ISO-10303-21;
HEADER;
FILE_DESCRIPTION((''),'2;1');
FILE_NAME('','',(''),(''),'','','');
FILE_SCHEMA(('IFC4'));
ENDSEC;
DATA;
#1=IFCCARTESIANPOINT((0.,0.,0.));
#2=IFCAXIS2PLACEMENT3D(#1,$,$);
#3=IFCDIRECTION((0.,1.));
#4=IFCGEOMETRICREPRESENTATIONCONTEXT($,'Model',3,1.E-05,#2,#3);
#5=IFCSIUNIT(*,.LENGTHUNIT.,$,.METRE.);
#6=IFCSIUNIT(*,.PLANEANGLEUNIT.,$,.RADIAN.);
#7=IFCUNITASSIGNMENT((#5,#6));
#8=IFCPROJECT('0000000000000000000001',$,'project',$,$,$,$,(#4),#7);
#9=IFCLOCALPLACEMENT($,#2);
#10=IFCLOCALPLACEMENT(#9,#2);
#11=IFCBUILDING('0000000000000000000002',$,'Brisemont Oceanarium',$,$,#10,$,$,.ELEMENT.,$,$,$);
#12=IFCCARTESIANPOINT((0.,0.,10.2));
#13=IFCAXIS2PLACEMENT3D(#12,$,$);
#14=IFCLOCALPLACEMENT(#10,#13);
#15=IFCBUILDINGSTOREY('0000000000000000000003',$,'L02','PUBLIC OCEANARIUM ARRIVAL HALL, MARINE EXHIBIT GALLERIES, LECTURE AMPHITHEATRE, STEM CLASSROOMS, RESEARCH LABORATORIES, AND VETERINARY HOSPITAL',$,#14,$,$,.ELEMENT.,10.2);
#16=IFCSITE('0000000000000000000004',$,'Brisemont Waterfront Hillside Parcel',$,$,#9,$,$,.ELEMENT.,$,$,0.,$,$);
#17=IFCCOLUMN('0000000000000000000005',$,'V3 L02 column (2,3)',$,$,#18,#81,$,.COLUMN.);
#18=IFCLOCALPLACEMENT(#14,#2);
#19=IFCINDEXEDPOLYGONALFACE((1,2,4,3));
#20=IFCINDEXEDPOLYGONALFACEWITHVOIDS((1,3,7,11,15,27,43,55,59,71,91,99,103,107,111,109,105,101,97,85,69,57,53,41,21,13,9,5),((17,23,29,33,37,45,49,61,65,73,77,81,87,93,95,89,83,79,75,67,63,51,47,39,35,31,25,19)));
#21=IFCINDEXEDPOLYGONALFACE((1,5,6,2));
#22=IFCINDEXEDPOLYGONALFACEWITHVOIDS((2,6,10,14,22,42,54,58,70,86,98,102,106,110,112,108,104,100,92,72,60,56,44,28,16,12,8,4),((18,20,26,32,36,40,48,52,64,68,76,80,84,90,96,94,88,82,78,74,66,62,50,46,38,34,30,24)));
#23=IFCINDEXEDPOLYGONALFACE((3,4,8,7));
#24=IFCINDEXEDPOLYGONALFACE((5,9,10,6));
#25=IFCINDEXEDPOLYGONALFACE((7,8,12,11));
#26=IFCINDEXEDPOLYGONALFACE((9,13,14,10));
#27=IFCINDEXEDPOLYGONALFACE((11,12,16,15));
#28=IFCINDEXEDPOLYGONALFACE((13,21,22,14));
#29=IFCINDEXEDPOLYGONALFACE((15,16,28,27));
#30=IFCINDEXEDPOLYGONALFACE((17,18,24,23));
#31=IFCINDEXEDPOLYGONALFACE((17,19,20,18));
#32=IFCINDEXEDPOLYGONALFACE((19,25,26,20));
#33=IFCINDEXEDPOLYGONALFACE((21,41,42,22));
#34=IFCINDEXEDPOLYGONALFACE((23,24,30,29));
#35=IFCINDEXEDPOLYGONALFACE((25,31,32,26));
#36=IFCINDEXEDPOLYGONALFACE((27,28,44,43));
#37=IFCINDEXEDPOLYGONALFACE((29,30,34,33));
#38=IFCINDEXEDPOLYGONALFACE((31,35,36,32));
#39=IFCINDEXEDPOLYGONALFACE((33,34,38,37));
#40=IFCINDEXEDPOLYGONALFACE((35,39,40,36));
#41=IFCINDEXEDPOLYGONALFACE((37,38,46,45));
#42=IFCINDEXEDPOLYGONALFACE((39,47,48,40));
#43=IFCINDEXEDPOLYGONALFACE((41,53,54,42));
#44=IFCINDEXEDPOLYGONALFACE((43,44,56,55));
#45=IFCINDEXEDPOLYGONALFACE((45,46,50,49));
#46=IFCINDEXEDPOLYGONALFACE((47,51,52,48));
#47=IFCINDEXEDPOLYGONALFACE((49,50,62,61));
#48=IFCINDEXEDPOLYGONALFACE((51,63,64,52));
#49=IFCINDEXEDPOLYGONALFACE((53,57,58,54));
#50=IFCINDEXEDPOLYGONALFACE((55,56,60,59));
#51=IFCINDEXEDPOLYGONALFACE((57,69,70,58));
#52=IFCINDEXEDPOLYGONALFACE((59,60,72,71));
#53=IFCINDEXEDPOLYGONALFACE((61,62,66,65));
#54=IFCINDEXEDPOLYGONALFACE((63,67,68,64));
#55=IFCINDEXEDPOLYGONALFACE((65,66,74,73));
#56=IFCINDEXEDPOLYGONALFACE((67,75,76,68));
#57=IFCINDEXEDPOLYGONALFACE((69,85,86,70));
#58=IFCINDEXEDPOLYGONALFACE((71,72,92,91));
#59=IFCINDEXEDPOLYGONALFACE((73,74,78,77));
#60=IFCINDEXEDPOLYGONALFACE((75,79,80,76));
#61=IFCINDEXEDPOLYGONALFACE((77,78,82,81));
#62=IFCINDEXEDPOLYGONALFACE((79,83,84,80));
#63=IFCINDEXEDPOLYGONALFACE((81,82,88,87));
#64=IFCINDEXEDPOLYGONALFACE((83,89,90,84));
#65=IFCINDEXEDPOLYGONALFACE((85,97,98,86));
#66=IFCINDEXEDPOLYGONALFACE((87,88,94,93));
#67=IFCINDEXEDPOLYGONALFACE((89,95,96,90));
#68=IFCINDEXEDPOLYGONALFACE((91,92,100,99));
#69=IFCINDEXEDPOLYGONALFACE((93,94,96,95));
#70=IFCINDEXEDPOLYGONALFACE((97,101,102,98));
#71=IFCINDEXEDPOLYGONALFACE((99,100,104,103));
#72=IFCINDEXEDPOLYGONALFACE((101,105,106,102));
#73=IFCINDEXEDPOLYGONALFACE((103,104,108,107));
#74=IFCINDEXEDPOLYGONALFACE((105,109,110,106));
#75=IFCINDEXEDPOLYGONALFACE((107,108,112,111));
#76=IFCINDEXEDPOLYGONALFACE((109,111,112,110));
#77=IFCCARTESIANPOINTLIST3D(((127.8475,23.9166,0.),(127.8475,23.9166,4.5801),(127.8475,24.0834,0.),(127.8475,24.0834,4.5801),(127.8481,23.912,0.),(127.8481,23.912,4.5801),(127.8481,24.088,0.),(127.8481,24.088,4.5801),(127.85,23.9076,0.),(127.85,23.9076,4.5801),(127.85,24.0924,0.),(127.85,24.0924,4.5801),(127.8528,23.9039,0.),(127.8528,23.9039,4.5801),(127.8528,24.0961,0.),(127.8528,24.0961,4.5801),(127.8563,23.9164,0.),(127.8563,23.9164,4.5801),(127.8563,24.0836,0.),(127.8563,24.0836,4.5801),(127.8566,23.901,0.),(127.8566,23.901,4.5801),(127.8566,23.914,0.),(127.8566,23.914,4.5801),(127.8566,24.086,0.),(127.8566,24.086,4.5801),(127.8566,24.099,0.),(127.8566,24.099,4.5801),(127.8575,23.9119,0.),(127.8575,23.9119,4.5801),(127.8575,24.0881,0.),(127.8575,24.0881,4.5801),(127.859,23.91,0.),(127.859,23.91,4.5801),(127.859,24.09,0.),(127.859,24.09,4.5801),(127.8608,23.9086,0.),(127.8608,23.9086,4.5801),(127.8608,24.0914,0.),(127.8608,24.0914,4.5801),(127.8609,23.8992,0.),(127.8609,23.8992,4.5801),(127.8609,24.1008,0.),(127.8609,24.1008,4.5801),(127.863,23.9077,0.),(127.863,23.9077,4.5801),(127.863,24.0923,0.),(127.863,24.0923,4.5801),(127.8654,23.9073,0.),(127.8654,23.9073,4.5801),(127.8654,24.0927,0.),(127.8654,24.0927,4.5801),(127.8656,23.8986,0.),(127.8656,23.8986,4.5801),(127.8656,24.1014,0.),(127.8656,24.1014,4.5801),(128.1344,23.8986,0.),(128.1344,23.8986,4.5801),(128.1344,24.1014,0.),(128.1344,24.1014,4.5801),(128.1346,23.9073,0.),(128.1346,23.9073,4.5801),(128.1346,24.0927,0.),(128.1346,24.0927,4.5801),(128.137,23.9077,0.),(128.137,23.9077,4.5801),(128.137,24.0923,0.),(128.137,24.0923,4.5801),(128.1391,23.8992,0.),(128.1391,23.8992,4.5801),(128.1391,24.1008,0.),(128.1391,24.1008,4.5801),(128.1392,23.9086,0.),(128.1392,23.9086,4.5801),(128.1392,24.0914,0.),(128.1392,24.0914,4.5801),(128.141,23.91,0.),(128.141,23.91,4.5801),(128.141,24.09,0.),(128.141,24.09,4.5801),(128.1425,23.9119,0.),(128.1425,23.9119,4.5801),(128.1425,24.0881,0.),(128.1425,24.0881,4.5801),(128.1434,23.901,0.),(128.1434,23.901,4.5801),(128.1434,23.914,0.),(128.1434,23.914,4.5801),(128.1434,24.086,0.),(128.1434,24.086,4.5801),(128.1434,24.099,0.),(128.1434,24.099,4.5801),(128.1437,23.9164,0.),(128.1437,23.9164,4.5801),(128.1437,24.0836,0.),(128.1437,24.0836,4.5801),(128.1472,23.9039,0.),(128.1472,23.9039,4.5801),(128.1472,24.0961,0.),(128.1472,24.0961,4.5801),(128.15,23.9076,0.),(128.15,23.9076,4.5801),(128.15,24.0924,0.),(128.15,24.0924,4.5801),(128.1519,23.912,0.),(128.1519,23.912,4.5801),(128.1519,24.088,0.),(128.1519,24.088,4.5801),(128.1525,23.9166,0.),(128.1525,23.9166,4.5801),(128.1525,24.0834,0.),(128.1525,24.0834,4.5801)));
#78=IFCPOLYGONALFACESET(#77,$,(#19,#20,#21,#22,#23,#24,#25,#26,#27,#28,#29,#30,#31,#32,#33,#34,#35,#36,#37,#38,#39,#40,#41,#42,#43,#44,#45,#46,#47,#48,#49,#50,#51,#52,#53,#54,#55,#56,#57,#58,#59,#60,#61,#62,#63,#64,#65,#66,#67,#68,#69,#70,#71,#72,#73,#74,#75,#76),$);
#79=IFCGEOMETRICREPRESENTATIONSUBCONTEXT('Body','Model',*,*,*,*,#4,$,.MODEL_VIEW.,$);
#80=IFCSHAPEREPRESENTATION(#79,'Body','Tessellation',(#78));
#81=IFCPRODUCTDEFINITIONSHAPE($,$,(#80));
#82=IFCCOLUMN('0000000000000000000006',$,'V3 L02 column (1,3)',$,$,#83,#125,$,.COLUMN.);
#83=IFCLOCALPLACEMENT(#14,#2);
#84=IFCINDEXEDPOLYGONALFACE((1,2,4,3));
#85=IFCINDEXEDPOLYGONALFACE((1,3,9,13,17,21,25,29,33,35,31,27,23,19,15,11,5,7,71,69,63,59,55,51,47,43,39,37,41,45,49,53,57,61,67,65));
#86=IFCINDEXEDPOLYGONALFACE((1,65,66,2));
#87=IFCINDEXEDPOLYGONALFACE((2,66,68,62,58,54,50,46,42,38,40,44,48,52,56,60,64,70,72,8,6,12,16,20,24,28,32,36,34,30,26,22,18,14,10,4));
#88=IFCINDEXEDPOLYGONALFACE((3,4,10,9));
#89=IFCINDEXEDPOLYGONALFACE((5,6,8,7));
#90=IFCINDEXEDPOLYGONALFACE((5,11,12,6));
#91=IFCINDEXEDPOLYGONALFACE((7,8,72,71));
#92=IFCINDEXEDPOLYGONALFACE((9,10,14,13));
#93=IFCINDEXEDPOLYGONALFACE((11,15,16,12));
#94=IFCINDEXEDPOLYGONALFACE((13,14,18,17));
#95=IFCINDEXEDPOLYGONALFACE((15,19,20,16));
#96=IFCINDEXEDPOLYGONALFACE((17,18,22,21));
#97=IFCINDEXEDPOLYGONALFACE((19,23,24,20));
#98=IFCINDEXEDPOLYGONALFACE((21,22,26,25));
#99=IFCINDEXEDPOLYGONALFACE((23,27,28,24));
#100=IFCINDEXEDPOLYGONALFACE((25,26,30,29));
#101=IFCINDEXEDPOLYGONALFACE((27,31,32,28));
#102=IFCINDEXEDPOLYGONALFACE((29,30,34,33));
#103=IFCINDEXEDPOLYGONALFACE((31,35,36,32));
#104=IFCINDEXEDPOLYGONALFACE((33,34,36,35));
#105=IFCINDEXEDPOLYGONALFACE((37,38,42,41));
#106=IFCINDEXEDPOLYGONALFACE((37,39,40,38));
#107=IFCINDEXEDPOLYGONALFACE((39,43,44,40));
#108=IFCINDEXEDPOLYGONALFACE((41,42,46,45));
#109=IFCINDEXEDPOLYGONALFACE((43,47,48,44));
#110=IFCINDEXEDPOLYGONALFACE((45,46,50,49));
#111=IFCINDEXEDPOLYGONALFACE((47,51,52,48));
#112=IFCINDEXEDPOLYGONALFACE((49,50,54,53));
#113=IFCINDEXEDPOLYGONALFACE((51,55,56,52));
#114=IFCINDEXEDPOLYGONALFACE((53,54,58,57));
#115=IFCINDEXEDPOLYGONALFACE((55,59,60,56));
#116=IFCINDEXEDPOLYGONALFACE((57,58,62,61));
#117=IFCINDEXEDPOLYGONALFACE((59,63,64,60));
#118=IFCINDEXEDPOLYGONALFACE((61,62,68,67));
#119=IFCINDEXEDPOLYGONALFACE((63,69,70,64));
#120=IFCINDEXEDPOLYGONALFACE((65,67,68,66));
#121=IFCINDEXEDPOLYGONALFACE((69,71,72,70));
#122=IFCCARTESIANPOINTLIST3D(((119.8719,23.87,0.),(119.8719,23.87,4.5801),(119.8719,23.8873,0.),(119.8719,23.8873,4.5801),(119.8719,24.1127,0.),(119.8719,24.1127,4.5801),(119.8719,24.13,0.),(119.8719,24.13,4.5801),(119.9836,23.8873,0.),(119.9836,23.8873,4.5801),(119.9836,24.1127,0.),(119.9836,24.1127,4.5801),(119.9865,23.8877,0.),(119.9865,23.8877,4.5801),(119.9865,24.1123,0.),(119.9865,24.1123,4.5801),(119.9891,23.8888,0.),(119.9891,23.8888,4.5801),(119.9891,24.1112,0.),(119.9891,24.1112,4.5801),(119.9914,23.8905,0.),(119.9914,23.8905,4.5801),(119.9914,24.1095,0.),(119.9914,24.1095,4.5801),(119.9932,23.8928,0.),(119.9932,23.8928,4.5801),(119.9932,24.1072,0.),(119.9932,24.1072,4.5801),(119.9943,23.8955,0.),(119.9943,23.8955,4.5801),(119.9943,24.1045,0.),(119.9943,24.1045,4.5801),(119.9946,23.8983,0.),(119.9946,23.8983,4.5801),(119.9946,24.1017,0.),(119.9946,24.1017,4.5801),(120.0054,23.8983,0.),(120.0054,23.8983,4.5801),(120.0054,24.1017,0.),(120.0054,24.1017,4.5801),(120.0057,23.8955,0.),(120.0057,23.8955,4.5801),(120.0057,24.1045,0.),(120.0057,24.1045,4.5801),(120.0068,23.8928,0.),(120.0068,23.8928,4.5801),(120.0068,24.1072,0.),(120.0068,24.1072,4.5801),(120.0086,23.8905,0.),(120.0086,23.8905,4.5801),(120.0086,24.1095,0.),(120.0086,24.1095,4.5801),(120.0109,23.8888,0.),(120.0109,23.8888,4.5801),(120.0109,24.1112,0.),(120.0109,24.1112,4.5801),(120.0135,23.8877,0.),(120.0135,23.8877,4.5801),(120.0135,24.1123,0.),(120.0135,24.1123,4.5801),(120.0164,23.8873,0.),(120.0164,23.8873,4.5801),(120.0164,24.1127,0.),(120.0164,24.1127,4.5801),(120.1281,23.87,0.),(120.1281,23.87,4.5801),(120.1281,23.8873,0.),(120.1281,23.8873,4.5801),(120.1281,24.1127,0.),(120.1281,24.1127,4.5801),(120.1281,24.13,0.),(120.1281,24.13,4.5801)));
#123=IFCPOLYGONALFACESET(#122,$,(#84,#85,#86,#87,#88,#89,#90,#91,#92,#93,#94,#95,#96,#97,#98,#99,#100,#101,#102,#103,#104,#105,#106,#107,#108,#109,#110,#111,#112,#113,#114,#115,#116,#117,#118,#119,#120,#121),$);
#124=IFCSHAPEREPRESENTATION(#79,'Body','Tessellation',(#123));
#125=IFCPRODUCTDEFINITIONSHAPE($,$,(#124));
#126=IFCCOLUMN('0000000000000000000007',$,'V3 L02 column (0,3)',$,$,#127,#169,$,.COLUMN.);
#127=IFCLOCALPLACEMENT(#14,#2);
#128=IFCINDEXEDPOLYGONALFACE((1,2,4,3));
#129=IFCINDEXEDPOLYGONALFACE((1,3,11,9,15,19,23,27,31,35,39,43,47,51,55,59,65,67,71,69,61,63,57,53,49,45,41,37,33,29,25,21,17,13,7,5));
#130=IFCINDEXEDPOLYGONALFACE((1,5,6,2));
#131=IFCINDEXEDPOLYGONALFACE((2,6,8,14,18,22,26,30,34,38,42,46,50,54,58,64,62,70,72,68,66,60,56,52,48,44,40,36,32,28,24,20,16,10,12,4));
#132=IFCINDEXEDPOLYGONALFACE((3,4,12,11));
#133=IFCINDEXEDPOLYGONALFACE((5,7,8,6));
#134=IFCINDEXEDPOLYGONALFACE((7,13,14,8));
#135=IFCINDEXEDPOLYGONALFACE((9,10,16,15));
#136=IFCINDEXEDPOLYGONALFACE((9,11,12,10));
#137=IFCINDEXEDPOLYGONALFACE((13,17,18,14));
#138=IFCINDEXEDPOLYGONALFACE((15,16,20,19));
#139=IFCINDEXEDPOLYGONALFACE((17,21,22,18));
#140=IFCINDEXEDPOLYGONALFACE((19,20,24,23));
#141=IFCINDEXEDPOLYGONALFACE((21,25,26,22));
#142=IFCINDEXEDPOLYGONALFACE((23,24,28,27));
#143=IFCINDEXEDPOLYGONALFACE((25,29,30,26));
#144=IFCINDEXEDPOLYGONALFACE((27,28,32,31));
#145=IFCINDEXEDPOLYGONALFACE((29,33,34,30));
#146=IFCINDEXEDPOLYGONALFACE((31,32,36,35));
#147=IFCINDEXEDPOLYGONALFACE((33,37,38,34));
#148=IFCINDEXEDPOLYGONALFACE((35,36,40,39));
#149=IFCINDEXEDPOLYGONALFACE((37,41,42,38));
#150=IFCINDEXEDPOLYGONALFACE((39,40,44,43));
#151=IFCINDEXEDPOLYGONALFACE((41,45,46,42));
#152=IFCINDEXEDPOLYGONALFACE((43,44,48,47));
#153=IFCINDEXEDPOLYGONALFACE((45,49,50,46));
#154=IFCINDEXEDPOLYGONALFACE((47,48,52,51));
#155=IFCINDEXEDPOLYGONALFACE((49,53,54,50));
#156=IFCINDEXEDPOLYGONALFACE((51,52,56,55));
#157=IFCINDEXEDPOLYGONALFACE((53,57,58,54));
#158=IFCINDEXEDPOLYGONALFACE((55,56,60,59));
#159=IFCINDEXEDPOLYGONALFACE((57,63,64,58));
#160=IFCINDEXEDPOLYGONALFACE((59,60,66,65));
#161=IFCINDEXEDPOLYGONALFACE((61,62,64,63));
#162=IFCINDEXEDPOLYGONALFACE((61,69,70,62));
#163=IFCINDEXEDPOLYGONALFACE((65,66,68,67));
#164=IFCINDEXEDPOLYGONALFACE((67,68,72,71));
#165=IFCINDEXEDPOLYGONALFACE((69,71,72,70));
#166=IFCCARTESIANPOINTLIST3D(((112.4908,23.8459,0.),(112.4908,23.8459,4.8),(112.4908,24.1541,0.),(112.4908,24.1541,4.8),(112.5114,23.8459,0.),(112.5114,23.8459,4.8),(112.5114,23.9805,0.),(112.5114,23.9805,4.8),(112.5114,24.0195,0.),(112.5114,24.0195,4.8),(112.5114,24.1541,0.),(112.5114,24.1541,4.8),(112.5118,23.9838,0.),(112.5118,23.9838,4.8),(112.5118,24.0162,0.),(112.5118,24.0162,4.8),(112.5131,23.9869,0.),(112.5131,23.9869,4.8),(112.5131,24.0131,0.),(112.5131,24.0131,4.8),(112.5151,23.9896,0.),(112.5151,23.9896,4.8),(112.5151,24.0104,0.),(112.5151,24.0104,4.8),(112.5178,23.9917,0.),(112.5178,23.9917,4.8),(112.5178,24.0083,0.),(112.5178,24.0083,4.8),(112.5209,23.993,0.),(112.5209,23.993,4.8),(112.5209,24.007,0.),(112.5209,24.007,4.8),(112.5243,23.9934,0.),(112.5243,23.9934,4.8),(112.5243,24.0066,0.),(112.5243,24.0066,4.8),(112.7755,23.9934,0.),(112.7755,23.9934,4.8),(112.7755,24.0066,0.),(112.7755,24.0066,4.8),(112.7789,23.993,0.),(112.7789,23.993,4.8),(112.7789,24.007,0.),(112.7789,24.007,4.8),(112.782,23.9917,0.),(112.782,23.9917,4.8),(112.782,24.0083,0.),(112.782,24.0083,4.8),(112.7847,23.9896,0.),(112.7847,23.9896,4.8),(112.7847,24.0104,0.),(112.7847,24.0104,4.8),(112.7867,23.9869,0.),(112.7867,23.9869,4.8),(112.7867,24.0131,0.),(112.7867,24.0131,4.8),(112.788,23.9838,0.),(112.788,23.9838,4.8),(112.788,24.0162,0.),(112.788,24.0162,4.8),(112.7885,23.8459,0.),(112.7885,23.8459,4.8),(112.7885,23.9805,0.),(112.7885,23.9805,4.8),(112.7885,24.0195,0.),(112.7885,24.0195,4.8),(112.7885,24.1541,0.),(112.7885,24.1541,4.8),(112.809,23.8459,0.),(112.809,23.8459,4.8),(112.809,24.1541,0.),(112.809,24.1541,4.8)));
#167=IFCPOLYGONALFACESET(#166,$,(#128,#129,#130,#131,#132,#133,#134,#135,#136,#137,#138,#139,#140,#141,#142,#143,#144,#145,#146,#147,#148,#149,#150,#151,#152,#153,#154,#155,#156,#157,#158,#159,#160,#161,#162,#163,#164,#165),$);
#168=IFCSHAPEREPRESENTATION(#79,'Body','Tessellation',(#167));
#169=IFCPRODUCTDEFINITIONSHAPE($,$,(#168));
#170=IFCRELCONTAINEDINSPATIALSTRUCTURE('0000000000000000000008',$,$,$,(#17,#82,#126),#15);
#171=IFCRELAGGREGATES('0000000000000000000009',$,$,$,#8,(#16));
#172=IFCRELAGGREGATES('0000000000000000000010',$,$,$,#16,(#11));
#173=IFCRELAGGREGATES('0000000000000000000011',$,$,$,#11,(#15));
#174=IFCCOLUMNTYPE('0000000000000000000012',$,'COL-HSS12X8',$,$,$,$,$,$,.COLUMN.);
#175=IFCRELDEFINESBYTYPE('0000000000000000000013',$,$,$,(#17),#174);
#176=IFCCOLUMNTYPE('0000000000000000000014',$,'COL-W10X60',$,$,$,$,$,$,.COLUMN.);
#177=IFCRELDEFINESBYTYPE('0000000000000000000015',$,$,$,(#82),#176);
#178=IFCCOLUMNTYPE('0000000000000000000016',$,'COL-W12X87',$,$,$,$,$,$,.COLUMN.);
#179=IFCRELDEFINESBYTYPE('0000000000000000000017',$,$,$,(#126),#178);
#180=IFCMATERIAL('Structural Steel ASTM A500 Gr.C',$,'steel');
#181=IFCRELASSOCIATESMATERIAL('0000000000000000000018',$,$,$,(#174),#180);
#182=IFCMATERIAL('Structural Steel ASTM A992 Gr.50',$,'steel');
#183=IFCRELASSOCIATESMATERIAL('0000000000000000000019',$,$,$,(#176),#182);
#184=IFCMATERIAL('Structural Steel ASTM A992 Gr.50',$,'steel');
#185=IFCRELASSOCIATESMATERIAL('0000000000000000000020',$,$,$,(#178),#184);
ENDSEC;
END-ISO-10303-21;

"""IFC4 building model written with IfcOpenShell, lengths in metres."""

from ifc_helpers import new_model, si_unit, direction, frame, origin, origin_2d, place, context, subcontext, project, spatial, hollow_rectangle, i_section, extrude, material, material_profile, profile_set, type_object, element, save


model = new_model("IFC4")

# Units and contexts
model_context = context("Model", 3, precision=1e-05, world=origin(), true_north=direction((0.0, 1.0)))
body_context = subcontext(model_context, "Body", "Model", "MODEL_VIEW")
ifc_project = project(units=[si_unit("LENGTHUNIT", "METRE"), si_unit("PLANEANGLEUNIT", "RADIAN")], contexts=[model_context])

# Site, building, storey
site_placement = place(None, origin())
site = spatial("IfcSite", under=ifc_project, at=site_placement, Name="Brisemont Waterfront Hillside Parcel", CompositionType="ELEMENT", RefElevation=0.0)
building_placement = place(site_placement, origin())
building = spatial("IfcBuilding", under=site, at=building_placement, Name="Brisemont Oceanarium", CompositionType="ELEMENT")
storey_placement = place(building_placement, frame((0.0, 0.0, 10.2)))
storey = spatial("IfcBuildingStorey", under=building, at=storey_placement, Name="L02", Description="PUBLIC OCEANARIUM ARRIVAL HALL, MARINE EXHIBIT GALLERIES, LECTURE AMPHITHEATRE, STEM CLASSROOMS, RESEARCH LABORATORIES, AND VETERINARY HOSPITAL", CompositionType="ELEMENT", Elevation=10.2)

# Columns
ifc_material_1 = material(Name="Structural Steel ASTM A500 Gr.C", Category="steel")
ifc_material_profile_1 = material_profile(ifc_material_1, hollow_rectangle(XDim=0.2029, YDim=0.3049, WallThickness=0.0088, InnerFilletRadius=0.009, OuterFilletRadius=0.0181, at=origin_2d()), Name="HSS12X8X3/8")
ifc_profile_set_1 = profile_set([ifc_material_profile_1], Name="Structural Steel ASTM A500 Gr.C")
column_type_1 = type_object("IfcColumnType", Name="COL-HSS12X8", PredefinedType="COLUMN", material=ifc_profile_set_1)
column_1_placement = place(storey_placement, frame((128.0, 24.0, 0.0), z_axis=(0.0, 0.0, 1.0), x_axis=(0.0, 1.0, 0.0)))
element("IfcColumn", 1, at=column_1_placement, inside=storey, type_object=column_type_1, Name="V3 L02 column (2,3)", PredefinedType="COLUMN", context=body_context, shape_type="SweptSolid", body=[
    extrude(hollow_rectangle(XDim=0.2029, YDim=0.3049, WallThickness=0.0088, InnerFilletRadius=0.009, OuterFilletRadius=0.0181, at=origin_2d()), origin(), (0.0, 0.0, 1.0), 4.5801),
])
ifc_material_2 = material(Name="Structural Steel ASTM A992 Gr.50", Category="steel")
ifc_material_profile_2 = material_profile(ifc_material_2, i_section(OverallWidth=0.2561, OverallDepth=0.26, WebThickness=0.0107, FlangeThickness=0.0173, FilletRadius=0.011, at=origin_2d()), Name="W10X60")
ifc_profile_set_2 = profile_set([ifc_material_profile_2], Name="Structural Steel ASTM A992 Gr.50")
column_type_2 = type_object("IfcColumnType", Name="COL-W10X60", PredefinedType="COLUMN", material=ifc_profile_set_2)
column_2_placement = place(storey_placement, frame((120.0, 24.0, 0.0), z_axis=(0.0, 0.0, 1.0), x_axis=(1.0, 0.0, 0.0)))
element("IfcColumn", 2, at=column_2_placement, inside=storey, type_object=column_type_2, Name="V3 L02 column (1,3)", PredefinedType="COLUMN", context=body_context, shape_type="SweptSolid", body=[
    extrude(i_section(OverallWidth=0.2561, OverallDepth=0.26, WebThickness=0.0107, FlangeThickness=0.0173, FilletRadius=0.011, at=origin_2d()), origin(), (0.0, 0.0, 1.0), 4.5801),
])
ifc_material_3 = material(Name="Structural Steel ASTM A992 Gr.50", Category="steel")
ifc_material_profile_3 = material_profile(ifc_material_3, i_section(OverallWidth=0.3081, OverallDepth=0.3181, WebThickness=0.0132, FlangeThickness=0.0205, FilletRadius=0.0129, at=origin_2d()), Name="W12X87")
ifc_profile_set_3 = profile_set([ifc_material_profile_3], Name="Structural Steel ASTM A992 Gr.50")
column_type_3 = type_object("IfcColumnType", Name="COL-W12X87", PredefinedType="COLUMN", material=ifc_profile_set_3)
column_3_placement = place(storey_placement, frame((112.6499, 24.0, 0.0), z_axis=(0.0, 0.0, 1.0), x_axis=(0.0, 1.0, 0.0)))
element("IfcColumn", 3, at=column_3_placement, inside=storey, type_object=column_type_3, Name="V3 L02 column (0,3)", PredefinedType="COLUMN", context=body_context, shape_type="SweptSolid", body=[
    extrude(i_section(OverallWidth=0.3081, OverallDepth=0.3181, WebThickness=0.0132, FlangeThickness=0.0205, FilletRadius=0.0129, at=origin_2d()), origin(), (0.0, 0.0, 1.0), 4.8),
])

save(model, "model.ifc")
